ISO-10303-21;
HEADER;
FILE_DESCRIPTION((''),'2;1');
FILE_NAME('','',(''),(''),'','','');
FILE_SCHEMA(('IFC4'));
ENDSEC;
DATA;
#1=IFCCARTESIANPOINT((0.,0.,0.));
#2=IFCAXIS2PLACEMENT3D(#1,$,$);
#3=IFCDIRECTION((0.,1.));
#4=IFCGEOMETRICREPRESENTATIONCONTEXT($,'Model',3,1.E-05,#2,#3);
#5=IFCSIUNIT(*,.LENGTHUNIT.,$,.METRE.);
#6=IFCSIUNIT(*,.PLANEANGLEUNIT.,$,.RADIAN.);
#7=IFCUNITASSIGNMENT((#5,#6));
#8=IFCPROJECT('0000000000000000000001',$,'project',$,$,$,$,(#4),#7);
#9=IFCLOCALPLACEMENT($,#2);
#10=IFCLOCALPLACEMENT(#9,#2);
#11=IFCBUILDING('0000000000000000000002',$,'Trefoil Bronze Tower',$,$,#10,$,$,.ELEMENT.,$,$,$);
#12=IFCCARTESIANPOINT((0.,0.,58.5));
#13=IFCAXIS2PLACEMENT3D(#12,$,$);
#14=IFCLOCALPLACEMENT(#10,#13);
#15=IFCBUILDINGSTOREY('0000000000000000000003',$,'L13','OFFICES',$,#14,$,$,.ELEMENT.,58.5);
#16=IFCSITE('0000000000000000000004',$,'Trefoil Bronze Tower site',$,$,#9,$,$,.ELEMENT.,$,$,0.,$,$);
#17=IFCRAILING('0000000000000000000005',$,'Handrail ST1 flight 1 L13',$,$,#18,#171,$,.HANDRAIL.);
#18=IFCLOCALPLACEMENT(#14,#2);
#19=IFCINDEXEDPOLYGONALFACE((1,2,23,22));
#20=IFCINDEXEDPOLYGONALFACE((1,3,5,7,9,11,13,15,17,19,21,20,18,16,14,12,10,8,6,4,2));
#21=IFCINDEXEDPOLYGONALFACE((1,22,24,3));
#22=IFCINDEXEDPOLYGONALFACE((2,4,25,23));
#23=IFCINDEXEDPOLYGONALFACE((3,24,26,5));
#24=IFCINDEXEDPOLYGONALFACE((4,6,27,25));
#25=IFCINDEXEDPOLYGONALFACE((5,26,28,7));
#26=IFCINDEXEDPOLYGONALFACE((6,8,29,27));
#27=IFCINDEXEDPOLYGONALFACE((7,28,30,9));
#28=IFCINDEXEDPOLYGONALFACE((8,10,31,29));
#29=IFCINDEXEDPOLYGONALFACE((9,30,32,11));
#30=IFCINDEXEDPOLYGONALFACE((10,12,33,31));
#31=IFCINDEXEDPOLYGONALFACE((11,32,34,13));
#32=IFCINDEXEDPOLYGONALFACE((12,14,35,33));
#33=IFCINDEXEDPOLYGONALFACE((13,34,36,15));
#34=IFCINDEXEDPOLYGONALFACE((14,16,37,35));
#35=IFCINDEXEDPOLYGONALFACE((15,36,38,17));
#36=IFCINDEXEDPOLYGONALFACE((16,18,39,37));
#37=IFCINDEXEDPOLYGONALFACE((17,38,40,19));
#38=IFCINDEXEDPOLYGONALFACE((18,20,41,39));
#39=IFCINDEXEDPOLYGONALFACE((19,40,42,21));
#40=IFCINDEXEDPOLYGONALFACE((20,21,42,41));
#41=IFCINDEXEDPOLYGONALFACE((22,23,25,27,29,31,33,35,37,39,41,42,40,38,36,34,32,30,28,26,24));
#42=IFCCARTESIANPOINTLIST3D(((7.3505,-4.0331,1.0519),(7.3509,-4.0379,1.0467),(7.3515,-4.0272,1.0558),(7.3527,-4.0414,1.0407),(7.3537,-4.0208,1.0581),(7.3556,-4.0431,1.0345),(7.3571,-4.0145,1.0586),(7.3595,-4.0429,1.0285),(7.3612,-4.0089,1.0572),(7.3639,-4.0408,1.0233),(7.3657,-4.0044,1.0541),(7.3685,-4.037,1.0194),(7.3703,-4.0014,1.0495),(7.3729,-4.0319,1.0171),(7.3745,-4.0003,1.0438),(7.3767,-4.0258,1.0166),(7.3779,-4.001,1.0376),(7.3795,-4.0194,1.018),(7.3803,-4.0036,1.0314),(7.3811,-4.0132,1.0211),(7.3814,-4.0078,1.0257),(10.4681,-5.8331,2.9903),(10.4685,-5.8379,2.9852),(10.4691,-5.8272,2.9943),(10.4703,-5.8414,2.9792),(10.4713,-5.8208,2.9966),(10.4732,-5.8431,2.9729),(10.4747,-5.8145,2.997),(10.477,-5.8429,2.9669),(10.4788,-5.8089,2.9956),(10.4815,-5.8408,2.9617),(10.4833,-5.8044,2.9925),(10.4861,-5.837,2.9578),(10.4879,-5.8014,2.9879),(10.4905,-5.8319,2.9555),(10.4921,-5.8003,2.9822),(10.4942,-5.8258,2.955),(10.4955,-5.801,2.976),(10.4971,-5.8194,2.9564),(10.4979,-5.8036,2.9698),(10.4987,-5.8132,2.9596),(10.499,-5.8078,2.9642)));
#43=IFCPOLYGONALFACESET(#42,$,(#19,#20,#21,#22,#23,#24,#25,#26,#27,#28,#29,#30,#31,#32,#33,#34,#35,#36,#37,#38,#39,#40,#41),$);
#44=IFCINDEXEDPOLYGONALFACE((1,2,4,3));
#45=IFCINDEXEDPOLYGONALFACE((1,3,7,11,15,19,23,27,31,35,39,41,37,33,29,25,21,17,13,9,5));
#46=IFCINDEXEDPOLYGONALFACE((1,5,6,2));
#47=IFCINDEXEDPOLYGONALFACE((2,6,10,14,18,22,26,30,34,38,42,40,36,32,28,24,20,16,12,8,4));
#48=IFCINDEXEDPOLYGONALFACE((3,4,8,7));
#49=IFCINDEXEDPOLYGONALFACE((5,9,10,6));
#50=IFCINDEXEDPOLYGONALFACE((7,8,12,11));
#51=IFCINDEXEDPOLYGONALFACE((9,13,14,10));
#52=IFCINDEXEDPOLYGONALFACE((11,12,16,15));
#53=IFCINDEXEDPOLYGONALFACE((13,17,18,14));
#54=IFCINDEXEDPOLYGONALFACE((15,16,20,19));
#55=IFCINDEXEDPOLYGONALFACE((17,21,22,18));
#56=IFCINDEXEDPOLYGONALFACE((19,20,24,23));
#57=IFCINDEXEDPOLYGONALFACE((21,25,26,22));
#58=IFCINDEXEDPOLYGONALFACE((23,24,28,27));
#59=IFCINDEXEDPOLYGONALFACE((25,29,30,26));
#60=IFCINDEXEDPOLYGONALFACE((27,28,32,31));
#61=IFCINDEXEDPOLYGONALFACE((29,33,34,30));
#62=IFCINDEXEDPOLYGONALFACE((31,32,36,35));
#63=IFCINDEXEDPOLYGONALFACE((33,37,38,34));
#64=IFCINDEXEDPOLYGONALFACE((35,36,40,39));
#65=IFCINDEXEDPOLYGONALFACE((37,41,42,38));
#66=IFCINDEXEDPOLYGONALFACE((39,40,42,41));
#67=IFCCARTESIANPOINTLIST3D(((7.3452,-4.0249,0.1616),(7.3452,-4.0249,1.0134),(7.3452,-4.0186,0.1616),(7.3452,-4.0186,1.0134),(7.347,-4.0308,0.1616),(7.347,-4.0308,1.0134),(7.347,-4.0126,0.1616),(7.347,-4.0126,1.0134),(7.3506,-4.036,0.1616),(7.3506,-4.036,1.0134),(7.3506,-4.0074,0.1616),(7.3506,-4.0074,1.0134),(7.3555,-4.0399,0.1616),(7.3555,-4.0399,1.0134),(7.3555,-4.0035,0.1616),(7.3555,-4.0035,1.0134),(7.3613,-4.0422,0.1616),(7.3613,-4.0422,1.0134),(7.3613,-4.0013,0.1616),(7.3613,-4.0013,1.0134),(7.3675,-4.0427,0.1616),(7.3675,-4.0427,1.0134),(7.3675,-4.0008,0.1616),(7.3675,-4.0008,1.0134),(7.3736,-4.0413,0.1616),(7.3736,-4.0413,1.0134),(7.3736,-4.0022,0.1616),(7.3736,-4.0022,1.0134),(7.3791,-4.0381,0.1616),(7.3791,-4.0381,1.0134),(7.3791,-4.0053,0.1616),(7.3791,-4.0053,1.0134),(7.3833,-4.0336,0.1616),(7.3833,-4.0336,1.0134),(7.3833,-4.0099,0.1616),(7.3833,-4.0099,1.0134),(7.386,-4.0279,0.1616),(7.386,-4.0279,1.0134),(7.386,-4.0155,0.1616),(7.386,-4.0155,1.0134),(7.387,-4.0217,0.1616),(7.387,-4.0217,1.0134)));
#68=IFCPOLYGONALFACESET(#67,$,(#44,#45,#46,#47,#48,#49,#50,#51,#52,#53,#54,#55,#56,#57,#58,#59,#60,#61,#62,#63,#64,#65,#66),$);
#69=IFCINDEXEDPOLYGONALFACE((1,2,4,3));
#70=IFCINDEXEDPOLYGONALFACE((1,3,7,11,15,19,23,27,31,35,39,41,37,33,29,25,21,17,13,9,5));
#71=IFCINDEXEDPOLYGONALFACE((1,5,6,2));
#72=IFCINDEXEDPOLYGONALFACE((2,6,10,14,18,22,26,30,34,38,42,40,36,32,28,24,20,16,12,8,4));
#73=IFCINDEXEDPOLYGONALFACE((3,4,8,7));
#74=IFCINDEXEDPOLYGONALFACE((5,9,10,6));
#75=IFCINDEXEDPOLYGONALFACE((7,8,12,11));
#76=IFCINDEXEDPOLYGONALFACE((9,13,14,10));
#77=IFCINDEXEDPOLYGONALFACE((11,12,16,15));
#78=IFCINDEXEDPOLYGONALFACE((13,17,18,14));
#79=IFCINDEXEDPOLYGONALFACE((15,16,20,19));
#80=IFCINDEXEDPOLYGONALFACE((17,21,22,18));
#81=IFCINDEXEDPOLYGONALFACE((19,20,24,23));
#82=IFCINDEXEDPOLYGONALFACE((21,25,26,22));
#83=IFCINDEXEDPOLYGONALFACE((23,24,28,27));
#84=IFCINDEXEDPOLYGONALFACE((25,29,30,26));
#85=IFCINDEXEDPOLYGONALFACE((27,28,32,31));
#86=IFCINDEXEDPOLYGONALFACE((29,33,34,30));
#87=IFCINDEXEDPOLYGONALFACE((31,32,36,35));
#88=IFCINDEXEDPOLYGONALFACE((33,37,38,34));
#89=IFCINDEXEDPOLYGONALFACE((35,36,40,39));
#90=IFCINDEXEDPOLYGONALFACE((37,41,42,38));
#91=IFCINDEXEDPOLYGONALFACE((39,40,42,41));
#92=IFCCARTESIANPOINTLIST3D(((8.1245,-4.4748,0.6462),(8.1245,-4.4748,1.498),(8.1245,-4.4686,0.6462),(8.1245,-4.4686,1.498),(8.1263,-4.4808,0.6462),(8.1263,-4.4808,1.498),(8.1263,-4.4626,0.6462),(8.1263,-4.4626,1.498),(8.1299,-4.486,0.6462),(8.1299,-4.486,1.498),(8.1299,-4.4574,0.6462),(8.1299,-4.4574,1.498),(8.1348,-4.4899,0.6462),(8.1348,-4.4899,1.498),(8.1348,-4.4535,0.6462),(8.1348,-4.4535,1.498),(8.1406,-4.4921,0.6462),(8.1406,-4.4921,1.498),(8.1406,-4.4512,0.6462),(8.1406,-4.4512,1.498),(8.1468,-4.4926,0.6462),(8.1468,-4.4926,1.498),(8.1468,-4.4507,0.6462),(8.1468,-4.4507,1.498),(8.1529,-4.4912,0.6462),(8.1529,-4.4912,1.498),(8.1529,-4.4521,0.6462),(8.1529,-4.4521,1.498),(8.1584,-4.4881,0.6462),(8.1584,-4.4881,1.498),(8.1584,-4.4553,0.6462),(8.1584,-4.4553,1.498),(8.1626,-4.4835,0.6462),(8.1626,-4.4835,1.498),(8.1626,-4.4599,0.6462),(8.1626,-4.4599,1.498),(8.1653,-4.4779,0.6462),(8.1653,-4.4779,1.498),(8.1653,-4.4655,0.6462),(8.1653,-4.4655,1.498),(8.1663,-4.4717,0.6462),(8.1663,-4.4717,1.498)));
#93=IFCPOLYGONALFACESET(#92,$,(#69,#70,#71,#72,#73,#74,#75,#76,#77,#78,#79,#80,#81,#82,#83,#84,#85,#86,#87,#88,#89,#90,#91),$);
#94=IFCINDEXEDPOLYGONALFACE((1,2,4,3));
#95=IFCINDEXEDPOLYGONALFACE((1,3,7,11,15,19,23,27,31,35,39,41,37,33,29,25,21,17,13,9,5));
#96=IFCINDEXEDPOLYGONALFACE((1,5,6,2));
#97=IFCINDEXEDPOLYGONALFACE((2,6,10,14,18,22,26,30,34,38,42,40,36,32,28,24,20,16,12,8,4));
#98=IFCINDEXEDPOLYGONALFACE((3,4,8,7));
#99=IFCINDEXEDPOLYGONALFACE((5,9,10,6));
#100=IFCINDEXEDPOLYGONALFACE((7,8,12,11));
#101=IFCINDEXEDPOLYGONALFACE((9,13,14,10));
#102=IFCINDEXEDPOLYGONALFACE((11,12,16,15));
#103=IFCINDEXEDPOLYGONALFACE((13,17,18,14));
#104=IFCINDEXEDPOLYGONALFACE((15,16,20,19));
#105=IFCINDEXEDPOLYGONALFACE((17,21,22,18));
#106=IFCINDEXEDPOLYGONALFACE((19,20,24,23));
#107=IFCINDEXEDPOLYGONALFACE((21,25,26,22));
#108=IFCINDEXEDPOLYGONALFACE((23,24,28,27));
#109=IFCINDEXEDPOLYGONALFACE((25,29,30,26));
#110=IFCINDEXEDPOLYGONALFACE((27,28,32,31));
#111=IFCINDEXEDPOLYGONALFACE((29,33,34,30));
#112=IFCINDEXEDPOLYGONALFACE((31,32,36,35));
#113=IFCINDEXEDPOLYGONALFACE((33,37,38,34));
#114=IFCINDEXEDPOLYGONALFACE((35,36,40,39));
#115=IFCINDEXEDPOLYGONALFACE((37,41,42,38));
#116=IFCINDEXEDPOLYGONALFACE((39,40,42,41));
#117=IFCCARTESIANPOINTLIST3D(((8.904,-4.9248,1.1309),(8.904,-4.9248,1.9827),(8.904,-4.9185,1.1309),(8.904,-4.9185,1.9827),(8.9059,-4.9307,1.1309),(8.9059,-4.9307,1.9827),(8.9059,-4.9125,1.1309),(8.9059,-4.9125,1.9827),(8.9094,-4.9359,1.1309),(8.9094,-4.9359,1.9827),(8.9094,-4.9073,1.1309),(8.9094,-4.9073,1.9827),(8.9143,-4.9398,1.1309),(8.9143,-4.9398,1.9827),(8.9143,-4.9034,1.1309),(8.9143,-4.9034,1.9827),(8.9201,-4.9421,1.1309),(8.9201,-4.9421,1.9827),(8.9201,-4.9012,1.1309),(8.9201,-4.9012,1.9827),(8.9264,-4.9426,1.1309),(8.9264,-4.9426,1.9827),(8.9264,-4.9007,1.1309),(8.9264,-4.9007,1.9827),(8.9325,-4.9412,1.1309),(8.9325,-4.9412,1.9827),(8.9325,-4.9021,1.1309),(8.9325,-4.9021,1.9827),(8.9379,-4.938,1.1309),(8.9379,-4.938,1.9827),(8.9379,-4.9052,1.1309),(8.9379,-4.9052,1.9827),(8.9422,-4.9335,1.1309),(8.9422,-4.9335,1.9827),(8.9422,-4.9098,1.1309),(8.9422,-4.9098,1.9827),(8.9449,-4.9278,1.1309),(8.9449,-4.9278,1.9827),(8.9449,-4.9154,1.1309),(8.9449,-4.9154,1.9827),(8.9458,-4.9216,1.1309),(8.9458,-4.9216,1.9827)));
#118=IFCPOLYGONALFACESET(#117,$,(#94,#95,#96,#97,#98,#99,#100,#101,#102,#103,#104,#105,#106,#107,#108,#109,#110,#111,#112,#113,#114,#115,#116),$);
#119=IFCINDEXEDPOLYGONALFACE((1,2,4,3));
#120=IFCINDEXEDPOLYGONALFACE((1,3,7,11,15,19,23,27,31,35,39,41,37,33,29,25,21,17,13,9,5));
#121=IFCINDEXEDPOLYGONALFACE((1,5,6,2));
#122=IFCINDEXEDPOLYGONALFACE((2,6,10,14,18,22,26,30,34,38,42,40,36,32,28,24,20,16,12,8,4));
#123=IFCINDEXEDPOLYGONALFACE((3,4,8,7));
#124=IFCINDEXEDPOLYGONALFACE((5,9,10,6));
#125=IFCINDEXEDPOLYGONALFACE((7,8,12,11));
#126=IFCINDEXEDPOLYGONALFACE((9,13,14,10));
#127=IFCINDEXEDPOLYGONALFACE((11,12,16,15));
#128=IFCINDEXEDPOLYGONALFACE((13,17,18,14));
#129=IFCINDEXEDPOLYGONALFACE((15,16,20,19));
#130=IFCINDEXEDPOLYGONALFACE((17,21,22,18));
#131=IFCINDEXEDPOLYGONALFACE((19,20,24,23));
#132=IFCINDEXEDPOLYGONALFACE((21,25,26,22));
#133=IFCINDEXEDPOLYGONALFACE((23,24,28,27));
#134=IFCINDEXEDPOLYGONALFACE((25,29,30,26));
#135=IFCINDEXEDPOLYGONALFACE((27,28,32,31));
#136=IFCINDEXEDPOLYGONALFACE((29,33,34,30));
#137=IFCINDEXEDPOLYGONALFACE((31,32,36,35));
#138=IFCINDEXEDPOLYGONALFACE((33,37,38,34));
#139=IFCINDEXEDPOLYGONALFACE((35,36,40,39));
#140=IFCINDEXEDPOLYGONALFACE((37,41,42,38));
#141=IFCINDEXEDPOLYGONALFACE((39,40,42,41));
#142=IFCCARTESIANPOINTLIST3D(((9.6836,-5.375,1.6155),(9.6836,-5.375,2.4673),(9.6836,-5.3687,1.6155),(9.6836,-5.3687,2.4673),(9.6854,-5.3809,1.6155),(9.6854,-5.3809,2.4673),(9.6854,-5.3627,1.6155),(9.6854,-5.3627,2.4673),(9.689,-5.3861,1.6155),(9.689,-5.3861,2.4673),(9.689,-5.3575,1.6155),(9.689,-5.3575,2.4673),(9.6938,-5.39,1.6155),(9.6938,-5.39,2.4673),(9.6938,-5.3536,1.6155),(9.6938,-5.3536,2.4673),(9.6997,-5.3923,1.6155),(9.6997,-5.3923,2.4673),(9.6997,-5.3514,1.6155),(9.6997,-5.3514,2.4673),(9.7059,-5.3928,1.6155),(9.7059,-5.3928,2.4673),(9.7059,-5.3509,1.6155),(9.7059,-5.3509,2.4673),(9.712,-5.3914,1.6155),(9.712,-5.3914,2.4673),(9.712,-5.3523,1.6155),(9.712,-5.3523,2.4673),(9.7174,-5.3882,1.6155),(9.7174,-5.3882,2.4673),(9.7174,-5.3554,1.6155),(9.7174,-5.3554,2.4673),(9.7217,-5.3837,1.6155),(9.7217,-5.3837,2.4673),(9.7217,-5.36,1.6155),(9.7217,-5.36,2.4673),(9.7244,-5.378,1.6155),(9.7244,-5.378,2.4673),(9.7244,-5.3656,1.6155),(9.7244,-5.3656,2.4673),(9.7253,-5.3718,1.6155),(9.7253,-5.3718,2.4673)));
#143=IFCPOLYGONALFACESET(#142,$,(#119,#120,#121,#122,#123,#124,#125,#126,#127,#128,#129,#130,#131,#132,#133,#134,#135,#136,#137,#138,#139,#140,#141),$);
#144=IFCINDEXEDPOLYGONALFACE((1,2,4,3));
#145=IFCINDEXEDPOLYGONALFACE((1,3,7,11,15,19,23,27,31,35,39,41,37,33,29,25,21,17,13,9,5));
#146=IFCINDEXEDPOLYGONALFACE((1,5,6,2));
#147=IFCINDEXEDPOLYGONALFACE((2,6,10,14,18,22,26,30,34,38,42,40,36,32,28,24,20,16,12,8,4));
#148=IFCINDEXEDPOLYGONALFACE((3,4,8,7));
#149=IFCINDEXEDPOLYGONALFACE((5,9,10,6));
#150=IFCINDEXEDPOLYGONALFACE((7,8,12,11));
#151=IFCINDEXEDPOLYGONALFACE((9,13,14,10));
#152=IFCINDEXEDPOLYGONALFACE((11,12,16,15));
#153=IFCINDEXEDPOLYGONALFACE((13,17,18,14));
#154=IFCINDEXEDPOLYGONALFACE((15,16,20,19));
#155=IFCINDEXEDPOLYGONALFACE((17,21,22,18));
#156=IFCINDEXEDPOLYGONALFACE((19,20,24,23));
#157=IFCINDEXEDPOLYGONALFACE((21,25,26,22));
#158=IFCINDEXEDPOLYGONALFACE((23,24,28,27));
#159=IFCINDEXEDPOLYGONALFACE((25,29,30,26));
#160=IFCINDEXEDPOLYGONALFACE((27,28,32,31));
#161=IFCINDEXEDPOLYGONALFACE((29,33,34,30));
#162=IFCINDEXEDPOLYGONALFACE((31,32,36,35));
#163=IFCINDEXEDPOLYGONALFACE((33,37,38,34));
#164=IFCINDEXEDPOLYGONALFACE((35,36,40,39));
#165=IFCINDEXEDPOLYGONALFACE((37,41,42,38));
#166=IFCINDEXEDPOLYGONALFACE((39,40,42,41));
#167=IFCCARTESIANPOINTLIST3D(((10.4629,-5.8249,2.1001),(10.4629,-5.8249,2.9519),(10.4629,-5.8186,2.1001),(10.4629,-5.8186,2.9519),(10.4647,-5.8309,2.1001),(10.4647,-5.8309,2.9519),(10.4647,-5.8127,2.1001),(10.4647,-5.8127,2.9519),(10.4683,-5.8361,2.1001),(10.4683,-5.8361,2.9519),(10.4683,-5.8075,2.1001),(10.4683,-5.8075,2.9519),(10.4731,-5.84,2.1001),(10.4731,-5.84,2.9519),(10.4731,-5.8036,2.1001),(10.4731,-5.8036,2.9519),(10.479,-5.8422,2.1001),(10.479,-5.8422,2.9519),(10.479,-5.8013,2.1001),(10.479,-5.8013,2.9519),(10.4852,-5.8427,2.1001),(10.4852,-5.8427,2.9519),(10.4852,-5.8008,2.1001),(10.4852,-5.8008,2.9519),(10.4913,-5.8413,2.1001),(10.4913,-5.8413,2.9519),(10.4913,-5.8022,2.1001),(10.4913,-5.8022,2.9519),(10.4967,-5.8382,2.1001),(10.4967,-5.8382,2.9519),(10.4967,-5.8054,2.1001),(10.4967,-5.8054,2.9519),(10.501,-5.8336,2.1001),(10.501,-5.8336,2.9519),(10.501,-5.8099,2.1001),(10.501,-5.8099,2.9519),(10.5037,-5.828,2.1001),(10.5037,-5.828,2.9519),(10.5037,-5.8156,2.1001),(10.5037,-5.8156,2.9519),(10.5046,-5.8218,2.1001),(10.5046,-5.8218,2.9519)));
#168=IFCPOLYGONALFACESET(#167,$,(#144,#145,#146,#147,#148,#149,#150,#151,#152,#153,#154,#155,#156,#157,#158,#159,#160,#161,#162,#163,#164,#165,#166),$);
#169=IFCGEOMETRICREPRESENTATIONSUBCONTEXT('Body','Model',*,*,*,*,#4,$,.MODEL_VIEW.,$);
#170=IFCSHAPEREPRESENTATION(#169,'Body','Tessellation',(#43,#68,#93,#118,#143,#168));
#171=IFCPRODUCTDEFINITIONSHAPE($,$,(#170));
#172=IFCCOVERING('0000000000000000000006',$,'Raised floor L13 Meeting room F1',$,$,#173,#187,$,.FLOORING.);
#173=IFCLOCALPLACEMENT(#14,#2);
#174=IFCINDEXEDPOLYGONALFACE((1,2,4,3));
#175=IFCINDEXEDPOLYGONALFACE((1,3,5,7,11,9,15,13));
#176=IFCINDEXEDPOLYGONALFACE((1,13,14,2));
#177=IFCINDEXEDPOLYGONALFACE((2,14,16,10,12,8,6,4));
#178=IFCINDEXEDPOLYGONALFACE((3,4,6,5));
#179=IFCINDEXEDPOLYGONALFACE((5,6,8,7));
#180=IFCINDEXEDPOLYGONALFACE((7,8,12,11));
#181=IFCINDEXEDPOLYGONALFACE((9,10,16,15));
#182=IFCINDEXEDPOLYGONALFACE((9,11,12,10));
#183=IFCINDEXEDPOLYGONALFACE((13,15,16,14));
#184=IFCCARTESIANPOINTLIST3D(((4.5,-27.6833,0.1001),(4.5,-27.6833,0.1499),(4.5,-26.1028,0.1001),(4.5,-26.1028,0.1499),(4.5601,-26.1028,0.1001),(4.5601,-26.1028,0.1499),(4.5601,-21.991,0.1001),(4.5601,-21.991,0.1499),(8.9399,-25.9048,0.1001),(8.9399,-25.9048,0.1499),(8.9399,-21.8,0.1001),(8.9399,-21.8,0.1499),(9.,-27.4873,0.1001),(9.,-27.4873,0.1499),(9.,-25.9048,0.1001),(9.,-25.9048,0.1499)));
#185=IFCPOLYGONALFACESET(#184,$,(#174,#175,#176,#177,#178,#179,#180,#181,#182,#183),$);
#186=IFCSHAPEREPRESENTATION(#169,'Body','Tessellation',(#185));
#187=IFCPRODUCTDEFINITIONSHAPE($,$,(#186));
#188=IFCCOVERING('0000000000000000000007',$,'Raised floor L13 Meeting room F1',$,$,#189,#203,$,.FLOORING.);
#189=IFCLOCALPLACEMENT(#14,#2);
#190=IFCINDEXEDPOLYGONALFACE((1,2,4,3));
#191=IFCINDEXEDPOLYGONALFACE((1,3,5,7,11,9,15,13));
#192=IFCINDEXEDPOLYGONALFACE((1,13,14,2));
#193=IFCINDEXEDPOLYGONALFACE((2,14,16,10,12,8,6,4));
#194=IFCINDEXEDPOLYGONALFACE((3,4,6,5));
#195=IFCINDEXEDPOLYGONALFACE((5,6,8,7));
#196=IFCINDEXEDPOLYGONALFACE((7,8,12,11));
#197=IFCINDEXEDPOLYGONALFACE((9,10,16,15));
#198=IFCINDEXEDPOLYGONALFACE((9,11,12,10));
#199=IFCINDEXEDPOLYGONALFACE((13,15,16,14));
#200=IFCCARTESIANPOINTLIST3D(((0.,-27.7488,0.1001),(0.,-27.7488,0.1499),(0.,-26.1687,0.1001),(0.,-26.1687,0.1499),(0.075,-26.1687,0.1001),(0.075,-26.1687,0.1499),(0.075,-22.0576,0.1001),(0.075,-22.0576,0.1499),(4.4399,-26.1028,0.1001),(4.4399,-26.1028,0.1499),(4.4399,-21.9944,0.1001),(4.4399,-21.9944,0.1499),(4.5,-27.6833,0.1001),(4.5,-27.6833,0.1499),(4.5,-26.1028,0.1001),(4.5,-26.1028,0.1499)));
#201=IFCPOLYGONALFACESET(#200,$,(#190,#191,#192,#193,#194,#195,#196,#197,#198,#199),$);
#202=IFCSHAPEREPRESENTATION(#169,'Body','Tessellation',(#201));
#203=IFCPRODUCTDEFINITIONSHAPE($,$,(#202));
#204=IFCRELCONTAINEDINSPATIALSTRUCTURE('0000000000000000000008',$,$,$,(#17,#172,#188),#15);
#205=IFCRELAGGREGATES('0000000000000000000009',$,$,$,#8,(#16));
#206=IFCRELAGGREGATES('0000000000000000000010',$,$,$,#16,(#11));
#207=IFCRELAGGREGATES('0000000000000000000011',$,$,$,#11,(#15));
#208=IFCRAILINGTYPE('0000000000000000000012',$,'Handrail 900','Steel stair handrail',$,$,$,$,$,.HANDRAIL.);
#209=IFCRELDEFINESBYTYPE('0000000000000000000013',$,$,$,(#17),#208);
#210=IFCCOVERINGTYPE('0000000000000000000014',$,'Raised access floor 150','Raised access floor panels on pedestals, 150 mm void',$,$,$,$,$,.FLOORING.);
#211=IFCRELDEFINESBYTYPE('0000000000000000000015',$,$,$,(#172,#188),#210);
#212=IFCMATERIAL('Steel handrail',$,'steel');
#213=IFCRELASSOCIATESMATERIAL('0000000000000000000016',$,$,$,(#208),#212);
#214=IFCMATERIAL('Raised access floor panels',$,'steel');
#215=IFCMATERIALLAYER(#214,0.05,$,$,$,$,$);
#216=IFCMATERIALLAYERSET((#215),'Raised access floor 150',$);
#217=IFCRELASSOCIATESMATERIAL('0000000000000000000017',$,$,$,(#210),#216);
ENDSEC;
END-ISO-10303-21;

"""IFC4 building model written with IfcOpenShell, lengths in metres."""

from ifc_helpers import new_model, si_unit, direction, frame, origin, origin_2d, place, context, subcontext, project, spatial, polyline, circle, outline, extrude, material, layer, layer_set, type_object, element, save


model = new_model("IFC4")

# Units and contexts
model_context = context("Model", 3, precision=1e-05, world=origin(), true_north=direction((0.0, 1.0)))
body_context = subcontext(model_context, "Body", "Model", "MODEL_VIEW")
ifc_project = project(units=[si_unit("LENGTHUNIT", "METRE"), si_unit("PLANEANGLEUNIT", "RADIAN")], contexts=[model_context])

# Site, building, storey
site_placement = place(None, origin())
site = spatial("IfcSite", under=ifc_project, at=site_placement, Name="Trefoil Bronze Tower site", CompositionType="ELEMENT", RefElevation=0.0)
building_placement = place(site_placement, origin())
building = spatial("IfcBuilding", under=site, at=building_placement, Name="Trefoil Bronze Tower", CompositionType="ELEMENT")
storey_placement = place(building_placement, frame((0.0, 0.0, 58.5)))
storey = spatial("IfcBuildingStorey", under=building, at=storey_placement, Name="L13", Description="OFFICES", CompositionType="ELEMENT", Elevation=58.5)

# Railing
ifc_material_1 = material(Name="Steel handrail", Category="steel")
railing_type = type_object("IfcRailingType", Name="Handrail 900", Description="Steel stair handrail", PredefinedType="HANDRAIL", material=ifc_material_1)
railing_placement = place(storey_placement, frame((7.366, -4.0217, 0.1616)))
element("IfcRailing", 1, at=railing_placement, inside=storey, type_object=railing_type, Name="Handrail ST1 flight 1 L13", PredefinedType="HANDRAIL", context=body_context, shape_type="SweptSolid", body=[
    extrude(circle(Radius=0.0239, at=origin_2d()), frame((0.0, 0.0, 0.876), z_axis=(0.762503, -0.440246, 0.474102), x_axis=(0.500012, 0.866018, 0.0)), (0.0, 0.0, 1.0), 4.0886),
    extrude(circle(Radius=0.021, at=origin_2d()), origin(), (0.0, 0.0, 1.0), 0.8518),
    extrude(circle(Radius=0.021, at=origin_2d()), frame((0.7793, -0.45, 0.4846)), (0.0, 0.0, 1.0), 0.8518),
    extrude(circle(Radius=0.021, at=origin_2d()), frame((1.5588, -0.8999, 0.9692)), (0.0, 0.0, 1.0), 0.8518),
    extrude(circle(Radius=0.021, at=origin_2d()), frame((2.3384, -1.3501, 1.4539)), (0.0, 0.0, 1.0), 0.8518),
    extrude(circle(Radius=0.021, at=origin_2d()), frame((3.1177, -1.8, 1.9385)), (0.0, 0.0, 1.0), 0.8518),
])

# Coverings
ifc_material_2 = material(Name="Raised access floor panels", Category="steel")
ifc_layer_1 = layer(ifc_material_2, 0.05)
ifc_layer_set_1 = layer_set([ifc_layer_1], Name="Raised access floor 150")
covering_type = type_object("IfcCoveringType", Name="Raised access floor 150", Description="Raised access floor panels on pedestals, 150 mm void", PredefinedType="FLOORING", material=ifc_layer_set_1)
covering_1_placement = place(storey_placement, frame((0.0, 0.0, 0.1001)))
element("IfcCovering", 2, at=covering_1_placement, inside=storey, type_object=covering_type, Name="Raised floor L13 Meeting room F1", PredefinedType="FLOORING", context=body_context, shape_type="SweptSolid", body=[
    extrude(outline(polyline([(9.0, -27.4873), (4.5, -27.6833), (4.5, -26.1028), (4.5601, -26.1028), (4.5601, -21.991), (8.9399, -21.8), (8.9399, -25.9048), (9.0, -25.9048), (9.0, -27.4873)])), origin(), (0.0, 0.0, 1.0), 0.0498),
])
covering_2_placement = place(storey_placement, frame((0.0, 0.0, 0.1001)))
element("IfcCovering", 3, at=covering_2_placement, inside=storey, type_object=covering_type, Name="Raised floor L13 Meeting room F1", PredefinedType="FLOORING", context=body_context, shape_type="SweptSolid", body=[
    extrude(outline(polyline([(4.5, -27.6833), (0.0, -27.7488), (0.0, -26.1687), (0.075, -26.1687), (0.075, -22.0576), (4.4399, -21.9944), (4.4399, -26.1028), (4.5, -26.1028), (4.5, -27.6833)])), origin(), (0.0, 0.0, 1.0), 0.0498),
])

save(model, "model.ifc")
